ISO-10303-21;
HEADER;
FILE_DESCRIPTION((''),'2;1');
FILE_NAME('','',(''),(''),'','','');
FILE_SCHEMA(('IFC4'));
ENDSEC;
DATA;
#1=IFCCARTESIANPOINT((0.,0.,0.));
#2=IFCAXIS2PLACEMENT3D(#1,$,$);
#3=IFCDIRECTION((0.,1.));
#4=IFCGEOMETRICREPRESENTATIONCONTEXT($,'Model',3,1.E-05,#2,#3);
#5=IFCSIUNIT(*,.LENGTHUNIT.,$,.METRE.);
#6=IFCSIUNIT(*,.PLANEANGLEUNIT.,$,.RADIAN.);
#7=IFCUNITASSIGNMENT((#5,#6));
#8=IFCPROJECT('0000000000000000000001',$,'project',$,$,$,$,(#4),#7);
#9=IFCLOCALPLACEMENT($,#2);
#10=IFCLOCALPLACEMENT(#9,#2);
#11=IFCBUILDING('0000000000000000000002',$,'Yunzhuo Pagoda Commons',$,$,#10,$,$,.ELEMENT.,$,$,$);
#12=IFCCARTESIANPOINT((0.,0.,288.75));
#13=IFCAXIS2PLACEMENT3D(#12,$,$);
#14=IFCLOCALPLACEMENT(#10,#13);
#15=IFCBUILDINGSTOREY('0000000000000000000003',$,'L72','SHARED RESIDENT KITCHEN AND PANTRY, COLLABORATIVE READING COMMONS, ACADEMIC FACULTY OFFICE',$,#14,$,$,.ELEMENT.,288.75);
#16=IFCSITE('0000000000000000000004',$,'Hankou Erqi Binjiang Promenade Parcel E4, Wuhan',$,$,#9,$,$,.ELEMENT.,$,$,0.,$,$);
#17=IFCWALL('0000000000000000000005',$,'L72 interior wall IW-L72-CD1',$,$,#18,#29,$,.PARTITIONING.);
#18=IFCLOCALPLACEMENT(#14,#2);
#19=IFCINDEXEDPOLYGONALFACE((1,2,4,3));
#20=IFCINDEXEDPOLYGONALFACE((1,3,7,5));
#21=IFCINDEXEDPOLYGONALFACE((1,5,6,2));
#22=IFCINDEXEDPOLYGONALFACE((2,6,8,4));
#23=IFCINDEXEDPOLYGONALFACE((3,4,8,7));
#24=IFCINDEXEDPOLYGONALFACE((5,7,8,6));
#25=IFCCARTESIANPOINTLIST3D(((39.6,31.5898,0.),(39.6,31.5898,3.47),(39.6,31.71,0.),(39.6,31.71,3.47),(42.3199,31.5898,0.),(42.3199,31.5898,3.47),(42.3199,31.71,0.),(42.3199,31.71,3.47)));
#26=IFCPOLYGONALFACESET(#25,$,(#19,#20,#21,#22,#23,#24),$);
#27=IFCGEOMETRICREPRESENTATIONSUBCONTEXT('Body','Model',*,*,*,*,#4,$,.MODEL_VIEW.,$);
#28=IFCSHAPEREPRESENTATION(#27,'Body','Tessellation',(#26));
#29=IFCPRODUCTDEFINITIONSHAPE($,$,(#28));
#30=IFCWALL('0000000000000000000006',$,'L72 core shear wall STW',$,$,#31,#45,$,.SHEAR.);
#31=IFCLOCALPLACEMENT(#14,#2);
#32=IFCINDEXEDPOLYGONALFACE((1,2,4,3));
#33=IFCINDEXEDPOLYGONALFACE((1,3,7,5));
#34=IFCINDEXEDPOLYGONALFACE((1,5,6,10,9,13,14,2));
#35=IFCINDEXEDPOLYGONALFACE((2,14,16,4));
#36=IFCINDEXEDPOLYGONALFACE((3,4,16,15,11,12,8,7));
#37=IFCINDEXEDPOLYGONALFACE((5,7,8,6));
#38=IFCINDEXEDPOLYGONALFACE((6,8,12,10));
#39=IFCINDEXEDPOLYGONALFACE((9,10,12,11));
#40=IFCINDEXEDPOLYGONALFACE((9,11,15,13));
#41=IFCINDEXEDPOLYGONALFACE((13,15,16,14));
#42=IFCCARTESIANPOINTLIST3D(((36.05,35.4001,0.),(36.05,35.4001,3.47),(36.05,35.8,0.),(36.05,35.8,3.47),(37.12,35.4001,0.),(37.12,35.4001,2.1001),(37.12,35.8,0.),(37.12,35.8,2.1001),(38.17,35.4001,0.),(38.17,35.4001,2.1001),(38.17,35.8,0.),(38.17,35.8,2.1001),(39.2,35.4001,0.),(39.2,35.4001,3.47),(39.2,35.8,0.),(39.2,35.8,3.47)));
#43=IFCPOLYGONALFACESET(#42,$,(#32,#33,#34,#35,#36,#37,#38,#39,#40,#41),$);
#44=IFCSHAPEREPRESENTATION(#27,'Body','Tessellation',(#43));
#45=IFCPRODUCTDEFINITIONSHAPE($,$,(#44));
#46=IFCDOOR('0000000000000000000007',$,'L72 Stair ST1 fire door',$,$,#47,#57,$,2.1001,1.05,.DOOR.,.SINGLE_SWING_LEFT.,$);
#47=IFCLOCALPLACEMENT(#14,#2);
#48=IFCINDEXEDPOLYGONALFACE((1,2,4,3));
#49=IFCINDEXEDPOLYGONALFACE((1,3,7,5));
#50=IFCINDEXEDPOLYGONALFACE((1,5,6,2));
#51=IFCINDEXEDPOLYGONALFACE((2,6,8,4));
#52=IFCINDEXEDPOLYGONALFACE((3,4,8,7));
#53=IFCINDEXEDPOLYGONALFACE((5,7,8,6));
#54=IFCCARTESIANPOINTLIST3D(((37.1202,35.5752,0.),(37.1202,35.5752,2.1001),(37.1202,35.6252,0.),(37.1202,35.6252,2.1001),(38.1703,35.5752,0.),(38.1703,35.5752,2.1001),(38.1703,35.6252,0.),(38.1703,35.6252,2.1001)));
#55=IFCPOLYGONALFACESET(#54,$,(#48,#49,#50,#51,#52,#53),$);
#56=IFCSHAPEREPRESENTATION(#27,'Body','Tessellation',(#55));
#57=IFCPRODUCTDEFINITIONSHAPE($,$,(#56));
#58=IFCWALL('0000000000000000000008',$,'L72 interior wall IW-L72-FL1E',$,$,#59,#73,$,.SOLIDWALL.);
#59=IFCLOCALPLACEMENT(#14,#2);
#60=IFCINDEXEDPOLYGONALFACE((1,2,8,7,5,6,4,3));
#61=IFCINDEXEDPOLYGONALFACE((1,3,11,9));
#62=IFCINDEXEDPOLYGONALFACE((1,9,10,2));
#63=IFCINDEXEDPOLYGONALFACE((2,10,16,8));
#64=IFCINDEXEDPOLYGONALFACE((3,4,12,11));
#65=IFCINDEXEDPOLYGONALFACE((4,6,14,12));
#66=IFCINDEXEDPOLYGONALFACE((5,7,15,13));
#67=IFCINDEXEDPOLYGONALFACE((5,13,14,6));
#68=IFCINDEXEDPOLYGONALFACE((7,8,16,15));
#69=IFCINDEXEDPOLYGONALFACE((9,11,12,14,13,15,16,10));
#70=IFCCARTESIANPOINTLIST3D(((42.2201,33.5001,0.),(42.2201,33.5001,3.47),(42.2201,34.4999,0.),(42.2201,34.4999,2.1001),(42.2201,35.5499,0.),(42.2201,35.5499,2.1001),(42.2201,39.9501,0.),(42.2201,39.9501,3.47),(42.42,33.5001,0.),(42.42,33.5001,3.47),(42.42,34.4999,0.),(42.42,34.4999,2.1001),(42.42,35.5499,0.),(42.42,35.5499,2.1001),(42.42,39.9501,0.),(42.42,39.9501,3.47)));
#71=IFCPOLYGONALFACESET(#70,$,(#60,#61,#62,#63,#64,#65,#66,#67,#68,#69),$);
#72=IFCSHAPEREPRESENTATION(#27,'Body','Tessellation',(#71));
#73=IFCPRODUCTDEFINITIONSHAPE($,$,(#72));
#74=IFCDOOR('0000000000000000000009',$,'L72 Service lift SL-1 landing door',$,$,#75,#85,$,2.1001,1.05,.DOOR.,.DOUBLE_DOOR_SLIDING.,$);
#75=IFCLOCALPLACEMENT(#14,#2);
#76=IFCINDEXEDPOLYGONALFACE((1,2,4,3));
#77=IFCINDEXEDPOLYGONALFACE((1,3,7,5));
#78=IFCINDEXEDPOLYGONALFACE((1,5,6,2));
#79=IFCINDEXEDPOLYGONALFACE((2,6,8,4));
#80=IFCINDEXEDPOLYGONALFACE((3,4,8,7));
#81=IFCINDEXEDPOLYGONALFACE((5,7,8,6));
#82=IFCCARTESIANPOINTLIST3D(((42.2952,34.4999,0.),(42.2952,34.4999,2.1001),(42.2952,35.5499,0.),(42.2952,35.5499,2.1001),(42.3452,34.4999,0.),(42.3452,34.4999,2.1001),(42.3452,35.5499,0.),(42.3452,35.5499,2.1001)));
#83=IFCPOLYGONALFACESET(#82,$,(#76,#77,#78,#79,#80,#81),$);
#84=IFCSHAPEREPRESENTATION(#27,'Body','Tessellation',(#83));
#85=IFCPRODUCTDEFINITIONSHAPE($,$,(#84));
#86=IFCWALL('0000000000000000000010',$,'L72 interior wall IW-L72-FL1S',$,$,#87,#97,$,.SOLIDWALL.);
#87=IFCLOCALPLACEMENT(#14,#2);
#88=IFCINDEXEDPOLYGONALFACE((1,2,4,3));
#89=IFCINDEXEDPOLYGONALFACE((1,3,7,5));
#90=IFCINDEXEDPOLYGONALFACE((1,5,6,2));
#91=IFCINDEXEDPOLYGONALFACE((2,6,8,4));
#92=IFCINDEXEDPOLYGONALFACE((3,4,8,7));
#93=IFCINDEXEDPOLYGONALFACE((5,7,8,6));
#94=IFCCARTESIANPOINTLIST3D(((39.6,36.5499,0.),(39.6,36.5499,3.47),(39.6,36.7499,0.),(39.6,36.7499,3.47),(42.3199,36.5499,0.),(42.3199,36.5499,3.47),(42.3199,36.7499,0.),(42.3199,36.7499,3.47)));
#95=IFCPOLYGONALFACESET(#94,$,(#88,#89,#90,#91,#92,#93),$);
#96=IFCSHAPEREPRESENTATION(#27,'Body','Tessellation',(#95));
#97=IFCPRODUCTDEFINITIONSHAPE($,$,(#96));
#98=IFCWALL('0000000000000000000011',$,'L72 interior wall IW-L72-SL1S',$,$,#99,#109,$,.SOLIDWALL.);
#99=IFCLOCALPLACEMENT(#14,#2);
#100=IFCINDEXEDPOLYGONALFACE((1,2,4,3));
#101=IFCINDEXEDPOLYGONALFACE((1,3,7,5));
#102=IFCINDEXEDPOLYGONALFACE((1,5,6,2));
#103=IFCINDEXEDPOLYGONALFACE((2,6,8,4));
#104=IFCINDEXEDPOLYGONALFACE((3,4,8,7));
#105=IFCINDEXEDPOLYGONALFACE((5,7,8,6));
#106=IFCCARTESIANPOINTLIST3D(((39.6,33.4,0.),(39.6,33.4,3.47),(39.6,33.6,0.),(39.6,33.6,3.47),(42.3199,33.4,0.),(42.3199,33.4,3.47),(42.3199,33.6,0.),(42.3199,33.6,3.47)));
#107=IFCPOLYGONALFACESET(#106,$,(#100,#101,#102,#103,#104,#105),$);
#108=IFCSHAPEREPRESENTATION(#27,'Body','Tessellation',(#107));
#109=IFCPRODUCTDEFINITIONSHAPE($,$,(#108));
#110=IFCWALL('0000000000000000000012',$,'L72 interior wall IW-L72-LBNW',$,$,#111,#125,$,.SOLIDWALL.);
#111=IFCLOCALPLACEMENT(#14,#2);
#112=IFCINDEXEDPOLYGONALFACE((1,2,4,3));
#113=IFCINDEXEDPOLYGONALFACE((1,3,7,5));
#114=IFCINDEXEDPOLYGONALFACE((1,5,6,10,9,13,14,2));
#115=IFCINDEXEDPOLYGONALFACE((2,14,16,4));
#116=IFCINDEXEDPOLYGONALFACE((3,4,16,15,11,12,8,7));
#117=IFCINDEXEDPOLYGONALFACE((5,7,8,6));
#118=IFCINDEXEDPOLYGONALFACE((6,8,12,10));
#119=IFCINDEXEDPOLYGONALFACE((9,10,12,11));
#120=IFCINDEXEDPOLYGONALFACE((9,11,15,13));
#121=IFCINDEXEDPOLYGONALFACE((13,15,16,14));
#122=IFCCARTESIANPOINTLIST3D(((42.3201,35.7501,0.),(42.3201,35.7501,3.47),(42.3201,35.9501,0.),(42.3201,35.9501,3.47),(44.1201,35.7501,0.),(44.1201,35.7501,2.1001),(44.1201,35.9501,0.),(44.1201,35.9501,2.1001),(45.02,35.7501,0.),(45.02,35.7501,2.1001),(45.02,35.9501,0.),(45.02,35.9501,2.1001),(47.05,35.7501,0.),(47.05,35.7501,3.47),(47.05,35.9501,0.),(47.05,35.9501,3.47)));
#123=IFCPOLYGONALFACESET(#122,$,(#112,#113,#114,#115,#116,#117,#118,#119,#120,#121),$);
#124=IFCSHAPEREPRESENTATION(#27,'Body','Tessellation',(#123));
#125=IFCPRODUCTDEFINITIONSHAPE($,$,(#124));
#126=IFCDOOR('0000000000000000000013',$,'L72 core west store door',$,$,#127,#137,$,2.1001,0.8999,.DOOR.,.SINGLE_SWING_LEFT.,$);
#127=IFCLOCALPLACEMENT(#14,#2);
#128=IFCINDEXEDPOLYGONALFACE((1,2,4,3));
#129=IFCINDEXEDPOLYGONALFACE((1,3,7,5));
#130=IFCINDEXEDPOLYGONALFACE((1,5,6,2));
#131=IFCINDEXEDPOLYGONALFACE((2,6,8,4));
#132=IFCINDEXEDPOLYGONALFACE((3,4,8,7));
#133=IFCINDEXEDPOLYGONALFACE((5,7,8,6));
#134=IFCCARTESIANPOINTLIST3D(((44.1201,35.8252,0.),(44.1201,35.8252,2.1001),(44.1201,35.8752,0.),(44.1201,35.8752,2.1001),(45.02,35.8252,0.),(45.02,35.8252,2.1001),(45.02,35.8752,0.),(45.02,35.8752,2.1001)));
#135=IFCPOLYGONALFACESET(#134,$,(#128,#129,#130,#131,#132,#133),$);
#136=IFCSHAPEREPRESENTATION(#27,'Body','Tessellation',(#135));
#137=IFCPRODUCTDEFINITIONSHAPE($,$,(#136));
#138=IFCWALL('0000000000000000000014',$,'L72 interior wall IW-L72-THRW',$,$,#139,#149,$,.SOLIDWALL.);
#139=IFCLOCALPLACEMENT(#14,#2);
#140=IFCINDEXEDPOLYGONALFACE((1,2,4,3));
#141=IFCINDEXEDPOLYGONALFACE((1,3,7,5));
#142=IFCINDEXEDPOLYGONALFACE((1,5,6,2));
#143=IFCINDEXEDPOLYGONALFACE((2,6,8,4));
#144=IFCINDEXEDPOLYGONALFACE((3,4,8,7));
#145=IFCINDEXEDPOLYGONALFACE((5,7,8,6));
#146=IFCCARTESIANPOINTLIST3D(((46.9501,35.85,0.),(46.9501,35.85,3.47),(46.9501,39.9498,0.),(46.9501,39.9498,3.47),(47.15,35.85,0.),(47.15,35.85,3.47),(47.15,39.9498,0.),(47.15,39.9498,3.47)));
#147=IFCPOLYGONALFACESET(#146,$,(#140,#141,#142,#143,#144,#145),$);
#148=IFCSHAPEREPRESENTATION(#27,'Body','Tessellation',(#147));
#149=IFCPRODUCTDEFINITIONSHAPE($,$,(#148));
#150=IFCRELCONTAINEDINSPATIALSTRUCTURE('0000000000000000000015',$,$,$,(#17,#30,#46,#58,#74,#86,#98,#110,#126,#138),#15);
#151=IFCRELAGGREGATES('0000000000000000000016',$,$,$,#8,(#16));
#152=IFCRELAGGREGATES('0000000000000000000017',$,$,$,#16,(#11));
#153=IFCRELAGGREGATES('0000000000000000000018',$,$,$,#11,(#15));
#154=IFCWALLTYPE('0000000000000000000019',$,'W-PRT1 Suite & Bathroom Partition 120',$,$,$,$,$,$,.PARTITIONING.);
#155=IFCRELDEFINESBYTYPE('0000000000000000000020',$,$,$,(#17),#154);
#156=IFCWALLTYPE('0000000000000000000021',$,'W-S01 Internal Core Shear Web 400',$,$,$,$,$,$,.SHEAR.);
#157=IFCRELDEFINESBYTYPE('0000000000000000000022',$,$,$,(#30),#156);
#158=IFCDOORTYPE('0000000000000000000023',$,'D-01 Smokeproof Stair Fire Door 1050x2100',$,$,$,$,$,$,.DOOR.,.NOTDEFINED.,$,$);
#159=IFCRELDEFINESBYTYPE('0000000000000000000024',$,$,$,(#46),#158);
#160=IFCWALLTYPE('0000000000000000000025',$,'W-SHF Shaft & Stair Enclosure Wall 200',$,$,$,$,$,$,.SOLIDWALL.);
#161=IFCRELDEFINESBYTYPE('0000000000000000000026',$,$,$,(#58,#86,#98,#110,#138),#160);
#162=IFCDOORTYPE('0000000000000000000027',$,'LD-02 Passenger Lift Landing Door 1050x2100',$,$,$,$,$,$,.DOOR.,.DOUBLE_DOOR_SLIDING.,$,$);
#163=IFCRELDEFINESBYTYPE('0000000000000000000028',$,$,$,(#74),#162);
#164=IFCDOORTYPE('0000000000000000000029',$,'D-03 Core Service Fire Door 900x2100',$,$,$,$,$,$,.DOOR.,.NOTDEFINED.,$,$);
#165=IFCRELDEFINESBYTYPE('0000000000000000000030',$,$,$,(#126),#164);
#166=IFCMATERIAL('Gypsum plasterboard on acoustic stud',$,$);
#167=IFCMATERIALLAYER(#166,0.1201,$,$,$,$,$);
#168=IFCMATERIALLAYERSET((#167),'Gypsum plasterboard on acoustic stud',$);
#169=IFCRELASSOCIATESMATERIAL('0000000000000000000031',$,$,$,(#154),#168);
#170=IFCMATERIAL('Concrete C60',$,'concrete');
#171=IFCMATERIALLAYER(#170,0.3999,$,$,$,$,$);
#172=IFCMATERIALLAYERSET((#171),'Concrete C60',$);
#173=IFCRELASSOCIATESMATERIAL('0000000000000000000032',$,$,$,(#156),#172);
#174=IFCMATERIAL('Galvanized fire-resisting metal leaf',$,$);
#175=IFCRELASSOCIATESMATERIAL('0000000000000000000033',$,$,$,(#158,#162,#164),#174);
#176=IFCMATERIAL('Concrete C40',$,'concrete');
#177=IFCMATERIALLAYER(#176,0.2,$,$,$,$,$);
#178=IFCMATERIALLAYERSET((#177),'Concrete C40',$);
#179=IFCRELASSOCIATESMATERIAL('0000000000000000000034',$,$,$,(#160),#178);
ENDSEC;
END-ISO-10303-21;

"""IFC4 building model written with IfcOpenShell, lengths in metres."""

from ifc_helpers import new_model, si_unit, direction, frame, frame_2d, origin, origin_with_axes, place, context, subcontext, project, spatial, rectangle, extrude, source, transform, mapped, material, layer, layer_set, type_object, element, fill, save


model = new_model("IFC4")

# Units and contexts
model_context = context("Model", 3, precision=1e-05, world=origin(), true_north=direction((0.0, 1.0)))
body_context = subcontext(model_context, "Body", "Model", "MODEL_VIEW")
ifc_project = project(units=[si_unit("LENGTHUNIT", "METRE"), si_unit("PLANEANGLEUNIT", "RADIAN")], contexts=[model_context])

# Site, building, storey
site_placement = place(None, origin())
site = spatial("IfcSite", under=ifc_project, at=site_placement, Name="Hankou Erqi Binjiang Promenade Parcel E4, Wuhan", CompositionType="ELEMENT", RefElevation=0.0)
building_placement = place(site_placement, origin())
building = spatial("IfcBuilding", under=site, at=building_placement, Name="Yunzhuo Pagoda Commons", CompositionType="ELEMENT")
storey_placement = place(building_placement, frame((0.0, 0.0, 288.75)))
storey = spatial("IfcBuildingStorey", under=building, at=storey_placement, Name="L72", Description="SHARED RESIDENT KITCHEN AND PANTRY, COLLABORATIVE READING COMMONS, ACADEMIC FACULTY OFFICE", CompositionType="ELEMENT", Elevation=288.75)

# Shared definitions
ifc_material_1 = material(Name="Galvanized fire-resisting metal leaf")
shared_shape_1 = source(origin(), body_context, "Body", "SweptSolid", [
    extrude(rectangle(XDim=1.05, YDim=2.1001, at=frame_2d((0.5249, 1.05))), frame((0.0, 0.0249, 0.0), z_axis=(0.0, -1.0, 0.0), x_axis=(1.0, 0.0, 0.0)), (0.0, 0.0, 1.0), 0.05),
])

# Wall
ifc_material_2 = material(Name="Gypsum plasterboard on acoustic stud")
ifc_layer_1 = layer(ifc_material_2, 0.1201)
ifc_layer_set_1 = layer_set([ifc_layer_1], Name="Gypsum plasterboard on acoustic stud")
wall_type_1 = type_object("IfcWallType", Name="W-PRT1 Suite & Bathroom Partition 120", PredefinedType="PARTITIONING", material=ifc_layer_set_1)
wall_1_placement = place(storey_placement, frame((39.6001, 31.6499, 0.0), z_axis=(0.0, 0.0, 1.0), x_axis=(1.0, 0.0, 0.0)))
element("IfcWall", 1, at=wall_1_placement, inside=storey, type_object=wall_type_1, Name="L72 interior wall IW-L72-CD1", PredefinedType="PARTITIONING", context=body_context, shape_type="SweptSolid", body=[
    extrude(rectangle(XDim=2.72, YDim=0.1201, at=frame_2d((1.3599, 0.0))), origin(), (0.0, 0.0, 1.0), 3.47),
])

# Walls, openings, doors
ifc_material_3 = material(Name="Concrete C60", Category="concrete")
ifc_layer_2 = layer(ifc_material_3, 0.3999)
ifc_layer_set_2 = layer_set([ifc_layer_2], Name="Concrete C60")
wall_type_2 = type_object("IfcWallType", Name="W-S01 Internal Core Shear Web 400", PredefinedType="SHEAR", material=ifc_layer_set_2)
wall_2_placement = place(storey_placement, frame((36.05, 35.6001, 0.0), z_axis=(0.0, 0.0, 1.0), x_axis=(1.0, 0.0, 0.0)))
wall_2 = element("IfcWall", 2, at=wall_2_placement, inside=storey, type_object=wall_type_2, Name="L72 core shear wall STW", PredefinedType="SHEAR", context=body_context, shape_type="SweptSolid", body=[
    extrude(rectangle(XDim=3.1499, YDim=0.3999, at=frame_2d((1.575, 0.0))), origin(), (0.0, 0.0, 1.0), 3.47),
])
opening_1_placement = place(wall_2_placement, frame((1.0701, 0.0, 0.0)))
opening_1 = element("IfcOpeningElement", 3, at=opening_1_placement, cuts=wall_2, PredefinedType="OPENING", context=body_context, shape_type="SweptSolid", body=[
    extrude(rectangle(XDim=1.05, YDim=2.1001, at=frame_2d((0.5249, 1.05))), frame((0.0, 0.21, 0.0), z_axis=(0.0, -1.0, 0.0), x_axis=(1.0, 0.0, 0.0)), (0.0, 0.0, 1.0), 0.4199),
])
door_type_1 = type_object("IfcDoorType", Name="D-01 Smokeproof Stair Fire Door 1050x2100", OperationType="NOTDEFINED", PredefinedType="DOOR", material=ifc_material_1)
door_1_placement = place(opening_1_placement, frame((1.05, 0.0, 0.0), z_axis=(0.0, 0.0, 1.0), x_axis=(-1.0, 0.0, 0.0)))
door_1 = element("IfcDoor", 4, at=door_1_placement, inside=storey, type_object=door_type_1, Name="L72 Stair ST1 fire door", OperationType="SINGLE_SWING_LEFT", OverallHeight=2.1001, OverallWidth=1.05, PredefinedType="DOOR", context=body_context, shape_type="MappedRepresentation", body=[
    mapped(shared_shape_1, transform((0.0, 0.0, 0.0), scale=1.0)),
])
fill(opening_1, door_1)
ifc_material_4 = material(Name="Concrete C40", Category="concrete")
ifc_layer_3 = layer(ifc_material_4, 0.2)
ifc_layer_set_3 = layer_set([ifc_layer_3], Name="Concrete C40")
wall_type_3 = type_object("IfcWallType", Name="W-SHF Shaft & Stair Enclosure Wall 200", PredefinedType="SOLIDWALL", material=ifc_layer_set_3)
wall_3_placement = place(storey_placement, frame((42.3201, 33.5, 0.0), z_axis=(0.0, 0.0, 1.0), x_axis=(0.0, 1.0, 0.0)))
wall_3 = element("IfcWall", 5, at=wall_3_placement, inside=storey, type_object=wall_type_3, Name="L72 interior wall IW-L72-FL1E", PredefinedType="SOLIDWALL", context=body_context, shape_type="SweptSolid", body=[
    extrude(rectangle(XDim=6.45, YDim=0.2, at=frame_2d((3.2251, 0.0))), origin(), (0.0, 0.0, 1.0), 3.47),
])
opening_2_placement = place(wall_3_placement, frame((1.0, 0.0, 0.0)))
opening_2 = element("IfcOpeningElement", 6, at=opening_2_placement, cuts=wall_3, PredefinedType="OPENING", context=body_context, shape_type="SweptSolid", body=[
    extrude(rectangle(XDim=1.05, YDim=2.1001, at=frame_2d((0.5249, 1.05))), frame((0.0, 0.1099, 0.0), z_axis=(0.0, -1.0, 0.0), x_axis=(1.0, 0.0, 0.0)), (0.0, 0.0, 1.0), 0.22),
])
door_type_2 = type_object("IfcDoorType", Name="LD-02 Passenger Lift Landing Door 1050x2100", OperationType="DOUBLE_DOOR_SLIDING", PredefinedType="DOOR", material=ifc_material_1)
door_2_placement = place(opening_2_placement, origin_with_axes())
door_2 = element("IfcDoor", 7, at=door_2_placement, inside=storey, type_object=door_type_2, Name="L72 Service lift SL-1 landing door", OperationType="DOUBLE_DOOR_SLIDING", OverallHeight=2.1001, OverallWidth=1.05, PredefinedType="DOOR", context=body_context, shape_type="MappedRepresentation", body=[
    mapped(shared_shape_1, transform((0.0, 0.0, 0.0), scale=1.0)),
])
fill(opening_2, door_2)

# Walls
for number, where, z_axis, x_axis, name in (
    (8, (39.6001, 36.6499, 0.0), (0.0, 0.0, 1.0), (1.0, 0.0, 0.0), "L72 interior wall IW-L72-FL1S"),
    (9, (39.6001, 33.5, 0.0), (0.0, 0.0, 1.0), (1.0, 0.0, 0.0), "L72 interior wall IW-L72-SL1S"),
):
    element("IfcWall", number, at=place(storey_placement, frame(where, z_axis=z_axis, x_axis=x_axis)), inside=storey, type_object=wall_type_3, Name=name, PredefinedType="SOLIDWALL", context=body_context, shape_type="SweptSolid", body=[
        extrude(rectangle(XDim=2.72, YDim=0.2, at=frame_2d((1.3599, 0.0))), origin(), (0.0, 0.0, 1.0), 3.47),
    ])

# Wall, opening, door
wall_4_placement = place(storey_placement, frame((42.3201, 35.8501, 0.0), z_axis=(0.0, 0.0, 1.0), x_axis=(1.0, 0.0, 0.0)))
wall_4 = element("IfcWall", 10, at=wall_4_placement, inside=storey, type_object=wall_type_3, Name="L72 interior wall IW-L72-LBNW", PredefinedType="SOLIDWALL", context=body_context, shape_type="SweptSolid", body=[
    extrude(rectangle(XDim=4.73, YDim=0.2, at=frame_2d((2.365, 0.0))), origin(), (0.0, 0.0, 1.0), 3.47),
])
opening_3_placement = place(wall_4_placement, frame((1.8, 0.0, 0.0)))
opening_3 = element("IfcOpeningElement", 11, at=opening_3_placement, cuts=wall_4, PredefinedType="OPENING", context=body_context, shape_type="SweptSolid", body=[
    extrude(rectangle(XDim=0.8999, YDim=2.1001, at=frame_2d((0.45, 1.05))), frame((0.0, 0.1099, 0.0), z_axis=(0.0, -1.0, 0.0), x_axis=(1.0, 0.0, 0.0)), (0.0, 0.0, 1.0), 0.22),
])
door_type_3 = type_object("IfcDoorType", Name="D-03 Core Service Fire Door 900x2100", OperationType="NOTDEFINED", PredefinedType="DOOR", material=ifc_material_1)
shared_shape_2 = source(origin(), body_context, "Body", "SweptSolid", [
    extrude(rectangle(XDim=0.8999, YDim=2.1001, at=frame_2d((0.45, 1.05))), frame((0.0, 0.0249, 0.0), z_axis=(0.0, -1.0, 0.0), x_axis=(1.0, 0.0, 0.0)), (0.0, 0.0, 1.0), 0.05),
])
door_3_placement = place(opening_3_placement, frame((0.8999, 0.0, 0.0), z_axis=(0.0, 0.0, 1.0), x_axis=(-1.0, 0.0, 0.0)))
door_3 = element("IfcDoor", 12, at=door_3_placement, inside=storey, type_object=door_type_3, Name="L72 core west store door", OperationType="SINGLE_SWING_LEFT", OverallHeight=2.1001, OverallWidth=0.8999, PredefinedType="DOOR", context=body_context, shape_type="MappedRepresentation", body=[
    mapped(shared_shape_2, transform((0.0, 0.0, 0.0), scale=1.0)),
])
fill(opening_3, door_3)

# Wall
wall_5_placement = place(storey_placement, frame((47.05, 35.8501, 0.0), z_axis=(0.0, 0.0, 1.0), x_axis=(0.0, 1.0, 0.0)))
element("IfcWall", 13, at=wall_5_placement, inside=storey, type_object=wall_type_3, Name="L72 interior wall IW-L72-THRW", PredefinedType="SOLIDWALL", context=body_context, shape_type="SweptSolid", body=[
    extrude(rectangle(XDim=4.0999, YDim=0.2, at=frame_2d((2.0498, 0.0))), origin(), (0.0, 0.0, 1.0), 3.47),
])

save(model, "model.ifc")
